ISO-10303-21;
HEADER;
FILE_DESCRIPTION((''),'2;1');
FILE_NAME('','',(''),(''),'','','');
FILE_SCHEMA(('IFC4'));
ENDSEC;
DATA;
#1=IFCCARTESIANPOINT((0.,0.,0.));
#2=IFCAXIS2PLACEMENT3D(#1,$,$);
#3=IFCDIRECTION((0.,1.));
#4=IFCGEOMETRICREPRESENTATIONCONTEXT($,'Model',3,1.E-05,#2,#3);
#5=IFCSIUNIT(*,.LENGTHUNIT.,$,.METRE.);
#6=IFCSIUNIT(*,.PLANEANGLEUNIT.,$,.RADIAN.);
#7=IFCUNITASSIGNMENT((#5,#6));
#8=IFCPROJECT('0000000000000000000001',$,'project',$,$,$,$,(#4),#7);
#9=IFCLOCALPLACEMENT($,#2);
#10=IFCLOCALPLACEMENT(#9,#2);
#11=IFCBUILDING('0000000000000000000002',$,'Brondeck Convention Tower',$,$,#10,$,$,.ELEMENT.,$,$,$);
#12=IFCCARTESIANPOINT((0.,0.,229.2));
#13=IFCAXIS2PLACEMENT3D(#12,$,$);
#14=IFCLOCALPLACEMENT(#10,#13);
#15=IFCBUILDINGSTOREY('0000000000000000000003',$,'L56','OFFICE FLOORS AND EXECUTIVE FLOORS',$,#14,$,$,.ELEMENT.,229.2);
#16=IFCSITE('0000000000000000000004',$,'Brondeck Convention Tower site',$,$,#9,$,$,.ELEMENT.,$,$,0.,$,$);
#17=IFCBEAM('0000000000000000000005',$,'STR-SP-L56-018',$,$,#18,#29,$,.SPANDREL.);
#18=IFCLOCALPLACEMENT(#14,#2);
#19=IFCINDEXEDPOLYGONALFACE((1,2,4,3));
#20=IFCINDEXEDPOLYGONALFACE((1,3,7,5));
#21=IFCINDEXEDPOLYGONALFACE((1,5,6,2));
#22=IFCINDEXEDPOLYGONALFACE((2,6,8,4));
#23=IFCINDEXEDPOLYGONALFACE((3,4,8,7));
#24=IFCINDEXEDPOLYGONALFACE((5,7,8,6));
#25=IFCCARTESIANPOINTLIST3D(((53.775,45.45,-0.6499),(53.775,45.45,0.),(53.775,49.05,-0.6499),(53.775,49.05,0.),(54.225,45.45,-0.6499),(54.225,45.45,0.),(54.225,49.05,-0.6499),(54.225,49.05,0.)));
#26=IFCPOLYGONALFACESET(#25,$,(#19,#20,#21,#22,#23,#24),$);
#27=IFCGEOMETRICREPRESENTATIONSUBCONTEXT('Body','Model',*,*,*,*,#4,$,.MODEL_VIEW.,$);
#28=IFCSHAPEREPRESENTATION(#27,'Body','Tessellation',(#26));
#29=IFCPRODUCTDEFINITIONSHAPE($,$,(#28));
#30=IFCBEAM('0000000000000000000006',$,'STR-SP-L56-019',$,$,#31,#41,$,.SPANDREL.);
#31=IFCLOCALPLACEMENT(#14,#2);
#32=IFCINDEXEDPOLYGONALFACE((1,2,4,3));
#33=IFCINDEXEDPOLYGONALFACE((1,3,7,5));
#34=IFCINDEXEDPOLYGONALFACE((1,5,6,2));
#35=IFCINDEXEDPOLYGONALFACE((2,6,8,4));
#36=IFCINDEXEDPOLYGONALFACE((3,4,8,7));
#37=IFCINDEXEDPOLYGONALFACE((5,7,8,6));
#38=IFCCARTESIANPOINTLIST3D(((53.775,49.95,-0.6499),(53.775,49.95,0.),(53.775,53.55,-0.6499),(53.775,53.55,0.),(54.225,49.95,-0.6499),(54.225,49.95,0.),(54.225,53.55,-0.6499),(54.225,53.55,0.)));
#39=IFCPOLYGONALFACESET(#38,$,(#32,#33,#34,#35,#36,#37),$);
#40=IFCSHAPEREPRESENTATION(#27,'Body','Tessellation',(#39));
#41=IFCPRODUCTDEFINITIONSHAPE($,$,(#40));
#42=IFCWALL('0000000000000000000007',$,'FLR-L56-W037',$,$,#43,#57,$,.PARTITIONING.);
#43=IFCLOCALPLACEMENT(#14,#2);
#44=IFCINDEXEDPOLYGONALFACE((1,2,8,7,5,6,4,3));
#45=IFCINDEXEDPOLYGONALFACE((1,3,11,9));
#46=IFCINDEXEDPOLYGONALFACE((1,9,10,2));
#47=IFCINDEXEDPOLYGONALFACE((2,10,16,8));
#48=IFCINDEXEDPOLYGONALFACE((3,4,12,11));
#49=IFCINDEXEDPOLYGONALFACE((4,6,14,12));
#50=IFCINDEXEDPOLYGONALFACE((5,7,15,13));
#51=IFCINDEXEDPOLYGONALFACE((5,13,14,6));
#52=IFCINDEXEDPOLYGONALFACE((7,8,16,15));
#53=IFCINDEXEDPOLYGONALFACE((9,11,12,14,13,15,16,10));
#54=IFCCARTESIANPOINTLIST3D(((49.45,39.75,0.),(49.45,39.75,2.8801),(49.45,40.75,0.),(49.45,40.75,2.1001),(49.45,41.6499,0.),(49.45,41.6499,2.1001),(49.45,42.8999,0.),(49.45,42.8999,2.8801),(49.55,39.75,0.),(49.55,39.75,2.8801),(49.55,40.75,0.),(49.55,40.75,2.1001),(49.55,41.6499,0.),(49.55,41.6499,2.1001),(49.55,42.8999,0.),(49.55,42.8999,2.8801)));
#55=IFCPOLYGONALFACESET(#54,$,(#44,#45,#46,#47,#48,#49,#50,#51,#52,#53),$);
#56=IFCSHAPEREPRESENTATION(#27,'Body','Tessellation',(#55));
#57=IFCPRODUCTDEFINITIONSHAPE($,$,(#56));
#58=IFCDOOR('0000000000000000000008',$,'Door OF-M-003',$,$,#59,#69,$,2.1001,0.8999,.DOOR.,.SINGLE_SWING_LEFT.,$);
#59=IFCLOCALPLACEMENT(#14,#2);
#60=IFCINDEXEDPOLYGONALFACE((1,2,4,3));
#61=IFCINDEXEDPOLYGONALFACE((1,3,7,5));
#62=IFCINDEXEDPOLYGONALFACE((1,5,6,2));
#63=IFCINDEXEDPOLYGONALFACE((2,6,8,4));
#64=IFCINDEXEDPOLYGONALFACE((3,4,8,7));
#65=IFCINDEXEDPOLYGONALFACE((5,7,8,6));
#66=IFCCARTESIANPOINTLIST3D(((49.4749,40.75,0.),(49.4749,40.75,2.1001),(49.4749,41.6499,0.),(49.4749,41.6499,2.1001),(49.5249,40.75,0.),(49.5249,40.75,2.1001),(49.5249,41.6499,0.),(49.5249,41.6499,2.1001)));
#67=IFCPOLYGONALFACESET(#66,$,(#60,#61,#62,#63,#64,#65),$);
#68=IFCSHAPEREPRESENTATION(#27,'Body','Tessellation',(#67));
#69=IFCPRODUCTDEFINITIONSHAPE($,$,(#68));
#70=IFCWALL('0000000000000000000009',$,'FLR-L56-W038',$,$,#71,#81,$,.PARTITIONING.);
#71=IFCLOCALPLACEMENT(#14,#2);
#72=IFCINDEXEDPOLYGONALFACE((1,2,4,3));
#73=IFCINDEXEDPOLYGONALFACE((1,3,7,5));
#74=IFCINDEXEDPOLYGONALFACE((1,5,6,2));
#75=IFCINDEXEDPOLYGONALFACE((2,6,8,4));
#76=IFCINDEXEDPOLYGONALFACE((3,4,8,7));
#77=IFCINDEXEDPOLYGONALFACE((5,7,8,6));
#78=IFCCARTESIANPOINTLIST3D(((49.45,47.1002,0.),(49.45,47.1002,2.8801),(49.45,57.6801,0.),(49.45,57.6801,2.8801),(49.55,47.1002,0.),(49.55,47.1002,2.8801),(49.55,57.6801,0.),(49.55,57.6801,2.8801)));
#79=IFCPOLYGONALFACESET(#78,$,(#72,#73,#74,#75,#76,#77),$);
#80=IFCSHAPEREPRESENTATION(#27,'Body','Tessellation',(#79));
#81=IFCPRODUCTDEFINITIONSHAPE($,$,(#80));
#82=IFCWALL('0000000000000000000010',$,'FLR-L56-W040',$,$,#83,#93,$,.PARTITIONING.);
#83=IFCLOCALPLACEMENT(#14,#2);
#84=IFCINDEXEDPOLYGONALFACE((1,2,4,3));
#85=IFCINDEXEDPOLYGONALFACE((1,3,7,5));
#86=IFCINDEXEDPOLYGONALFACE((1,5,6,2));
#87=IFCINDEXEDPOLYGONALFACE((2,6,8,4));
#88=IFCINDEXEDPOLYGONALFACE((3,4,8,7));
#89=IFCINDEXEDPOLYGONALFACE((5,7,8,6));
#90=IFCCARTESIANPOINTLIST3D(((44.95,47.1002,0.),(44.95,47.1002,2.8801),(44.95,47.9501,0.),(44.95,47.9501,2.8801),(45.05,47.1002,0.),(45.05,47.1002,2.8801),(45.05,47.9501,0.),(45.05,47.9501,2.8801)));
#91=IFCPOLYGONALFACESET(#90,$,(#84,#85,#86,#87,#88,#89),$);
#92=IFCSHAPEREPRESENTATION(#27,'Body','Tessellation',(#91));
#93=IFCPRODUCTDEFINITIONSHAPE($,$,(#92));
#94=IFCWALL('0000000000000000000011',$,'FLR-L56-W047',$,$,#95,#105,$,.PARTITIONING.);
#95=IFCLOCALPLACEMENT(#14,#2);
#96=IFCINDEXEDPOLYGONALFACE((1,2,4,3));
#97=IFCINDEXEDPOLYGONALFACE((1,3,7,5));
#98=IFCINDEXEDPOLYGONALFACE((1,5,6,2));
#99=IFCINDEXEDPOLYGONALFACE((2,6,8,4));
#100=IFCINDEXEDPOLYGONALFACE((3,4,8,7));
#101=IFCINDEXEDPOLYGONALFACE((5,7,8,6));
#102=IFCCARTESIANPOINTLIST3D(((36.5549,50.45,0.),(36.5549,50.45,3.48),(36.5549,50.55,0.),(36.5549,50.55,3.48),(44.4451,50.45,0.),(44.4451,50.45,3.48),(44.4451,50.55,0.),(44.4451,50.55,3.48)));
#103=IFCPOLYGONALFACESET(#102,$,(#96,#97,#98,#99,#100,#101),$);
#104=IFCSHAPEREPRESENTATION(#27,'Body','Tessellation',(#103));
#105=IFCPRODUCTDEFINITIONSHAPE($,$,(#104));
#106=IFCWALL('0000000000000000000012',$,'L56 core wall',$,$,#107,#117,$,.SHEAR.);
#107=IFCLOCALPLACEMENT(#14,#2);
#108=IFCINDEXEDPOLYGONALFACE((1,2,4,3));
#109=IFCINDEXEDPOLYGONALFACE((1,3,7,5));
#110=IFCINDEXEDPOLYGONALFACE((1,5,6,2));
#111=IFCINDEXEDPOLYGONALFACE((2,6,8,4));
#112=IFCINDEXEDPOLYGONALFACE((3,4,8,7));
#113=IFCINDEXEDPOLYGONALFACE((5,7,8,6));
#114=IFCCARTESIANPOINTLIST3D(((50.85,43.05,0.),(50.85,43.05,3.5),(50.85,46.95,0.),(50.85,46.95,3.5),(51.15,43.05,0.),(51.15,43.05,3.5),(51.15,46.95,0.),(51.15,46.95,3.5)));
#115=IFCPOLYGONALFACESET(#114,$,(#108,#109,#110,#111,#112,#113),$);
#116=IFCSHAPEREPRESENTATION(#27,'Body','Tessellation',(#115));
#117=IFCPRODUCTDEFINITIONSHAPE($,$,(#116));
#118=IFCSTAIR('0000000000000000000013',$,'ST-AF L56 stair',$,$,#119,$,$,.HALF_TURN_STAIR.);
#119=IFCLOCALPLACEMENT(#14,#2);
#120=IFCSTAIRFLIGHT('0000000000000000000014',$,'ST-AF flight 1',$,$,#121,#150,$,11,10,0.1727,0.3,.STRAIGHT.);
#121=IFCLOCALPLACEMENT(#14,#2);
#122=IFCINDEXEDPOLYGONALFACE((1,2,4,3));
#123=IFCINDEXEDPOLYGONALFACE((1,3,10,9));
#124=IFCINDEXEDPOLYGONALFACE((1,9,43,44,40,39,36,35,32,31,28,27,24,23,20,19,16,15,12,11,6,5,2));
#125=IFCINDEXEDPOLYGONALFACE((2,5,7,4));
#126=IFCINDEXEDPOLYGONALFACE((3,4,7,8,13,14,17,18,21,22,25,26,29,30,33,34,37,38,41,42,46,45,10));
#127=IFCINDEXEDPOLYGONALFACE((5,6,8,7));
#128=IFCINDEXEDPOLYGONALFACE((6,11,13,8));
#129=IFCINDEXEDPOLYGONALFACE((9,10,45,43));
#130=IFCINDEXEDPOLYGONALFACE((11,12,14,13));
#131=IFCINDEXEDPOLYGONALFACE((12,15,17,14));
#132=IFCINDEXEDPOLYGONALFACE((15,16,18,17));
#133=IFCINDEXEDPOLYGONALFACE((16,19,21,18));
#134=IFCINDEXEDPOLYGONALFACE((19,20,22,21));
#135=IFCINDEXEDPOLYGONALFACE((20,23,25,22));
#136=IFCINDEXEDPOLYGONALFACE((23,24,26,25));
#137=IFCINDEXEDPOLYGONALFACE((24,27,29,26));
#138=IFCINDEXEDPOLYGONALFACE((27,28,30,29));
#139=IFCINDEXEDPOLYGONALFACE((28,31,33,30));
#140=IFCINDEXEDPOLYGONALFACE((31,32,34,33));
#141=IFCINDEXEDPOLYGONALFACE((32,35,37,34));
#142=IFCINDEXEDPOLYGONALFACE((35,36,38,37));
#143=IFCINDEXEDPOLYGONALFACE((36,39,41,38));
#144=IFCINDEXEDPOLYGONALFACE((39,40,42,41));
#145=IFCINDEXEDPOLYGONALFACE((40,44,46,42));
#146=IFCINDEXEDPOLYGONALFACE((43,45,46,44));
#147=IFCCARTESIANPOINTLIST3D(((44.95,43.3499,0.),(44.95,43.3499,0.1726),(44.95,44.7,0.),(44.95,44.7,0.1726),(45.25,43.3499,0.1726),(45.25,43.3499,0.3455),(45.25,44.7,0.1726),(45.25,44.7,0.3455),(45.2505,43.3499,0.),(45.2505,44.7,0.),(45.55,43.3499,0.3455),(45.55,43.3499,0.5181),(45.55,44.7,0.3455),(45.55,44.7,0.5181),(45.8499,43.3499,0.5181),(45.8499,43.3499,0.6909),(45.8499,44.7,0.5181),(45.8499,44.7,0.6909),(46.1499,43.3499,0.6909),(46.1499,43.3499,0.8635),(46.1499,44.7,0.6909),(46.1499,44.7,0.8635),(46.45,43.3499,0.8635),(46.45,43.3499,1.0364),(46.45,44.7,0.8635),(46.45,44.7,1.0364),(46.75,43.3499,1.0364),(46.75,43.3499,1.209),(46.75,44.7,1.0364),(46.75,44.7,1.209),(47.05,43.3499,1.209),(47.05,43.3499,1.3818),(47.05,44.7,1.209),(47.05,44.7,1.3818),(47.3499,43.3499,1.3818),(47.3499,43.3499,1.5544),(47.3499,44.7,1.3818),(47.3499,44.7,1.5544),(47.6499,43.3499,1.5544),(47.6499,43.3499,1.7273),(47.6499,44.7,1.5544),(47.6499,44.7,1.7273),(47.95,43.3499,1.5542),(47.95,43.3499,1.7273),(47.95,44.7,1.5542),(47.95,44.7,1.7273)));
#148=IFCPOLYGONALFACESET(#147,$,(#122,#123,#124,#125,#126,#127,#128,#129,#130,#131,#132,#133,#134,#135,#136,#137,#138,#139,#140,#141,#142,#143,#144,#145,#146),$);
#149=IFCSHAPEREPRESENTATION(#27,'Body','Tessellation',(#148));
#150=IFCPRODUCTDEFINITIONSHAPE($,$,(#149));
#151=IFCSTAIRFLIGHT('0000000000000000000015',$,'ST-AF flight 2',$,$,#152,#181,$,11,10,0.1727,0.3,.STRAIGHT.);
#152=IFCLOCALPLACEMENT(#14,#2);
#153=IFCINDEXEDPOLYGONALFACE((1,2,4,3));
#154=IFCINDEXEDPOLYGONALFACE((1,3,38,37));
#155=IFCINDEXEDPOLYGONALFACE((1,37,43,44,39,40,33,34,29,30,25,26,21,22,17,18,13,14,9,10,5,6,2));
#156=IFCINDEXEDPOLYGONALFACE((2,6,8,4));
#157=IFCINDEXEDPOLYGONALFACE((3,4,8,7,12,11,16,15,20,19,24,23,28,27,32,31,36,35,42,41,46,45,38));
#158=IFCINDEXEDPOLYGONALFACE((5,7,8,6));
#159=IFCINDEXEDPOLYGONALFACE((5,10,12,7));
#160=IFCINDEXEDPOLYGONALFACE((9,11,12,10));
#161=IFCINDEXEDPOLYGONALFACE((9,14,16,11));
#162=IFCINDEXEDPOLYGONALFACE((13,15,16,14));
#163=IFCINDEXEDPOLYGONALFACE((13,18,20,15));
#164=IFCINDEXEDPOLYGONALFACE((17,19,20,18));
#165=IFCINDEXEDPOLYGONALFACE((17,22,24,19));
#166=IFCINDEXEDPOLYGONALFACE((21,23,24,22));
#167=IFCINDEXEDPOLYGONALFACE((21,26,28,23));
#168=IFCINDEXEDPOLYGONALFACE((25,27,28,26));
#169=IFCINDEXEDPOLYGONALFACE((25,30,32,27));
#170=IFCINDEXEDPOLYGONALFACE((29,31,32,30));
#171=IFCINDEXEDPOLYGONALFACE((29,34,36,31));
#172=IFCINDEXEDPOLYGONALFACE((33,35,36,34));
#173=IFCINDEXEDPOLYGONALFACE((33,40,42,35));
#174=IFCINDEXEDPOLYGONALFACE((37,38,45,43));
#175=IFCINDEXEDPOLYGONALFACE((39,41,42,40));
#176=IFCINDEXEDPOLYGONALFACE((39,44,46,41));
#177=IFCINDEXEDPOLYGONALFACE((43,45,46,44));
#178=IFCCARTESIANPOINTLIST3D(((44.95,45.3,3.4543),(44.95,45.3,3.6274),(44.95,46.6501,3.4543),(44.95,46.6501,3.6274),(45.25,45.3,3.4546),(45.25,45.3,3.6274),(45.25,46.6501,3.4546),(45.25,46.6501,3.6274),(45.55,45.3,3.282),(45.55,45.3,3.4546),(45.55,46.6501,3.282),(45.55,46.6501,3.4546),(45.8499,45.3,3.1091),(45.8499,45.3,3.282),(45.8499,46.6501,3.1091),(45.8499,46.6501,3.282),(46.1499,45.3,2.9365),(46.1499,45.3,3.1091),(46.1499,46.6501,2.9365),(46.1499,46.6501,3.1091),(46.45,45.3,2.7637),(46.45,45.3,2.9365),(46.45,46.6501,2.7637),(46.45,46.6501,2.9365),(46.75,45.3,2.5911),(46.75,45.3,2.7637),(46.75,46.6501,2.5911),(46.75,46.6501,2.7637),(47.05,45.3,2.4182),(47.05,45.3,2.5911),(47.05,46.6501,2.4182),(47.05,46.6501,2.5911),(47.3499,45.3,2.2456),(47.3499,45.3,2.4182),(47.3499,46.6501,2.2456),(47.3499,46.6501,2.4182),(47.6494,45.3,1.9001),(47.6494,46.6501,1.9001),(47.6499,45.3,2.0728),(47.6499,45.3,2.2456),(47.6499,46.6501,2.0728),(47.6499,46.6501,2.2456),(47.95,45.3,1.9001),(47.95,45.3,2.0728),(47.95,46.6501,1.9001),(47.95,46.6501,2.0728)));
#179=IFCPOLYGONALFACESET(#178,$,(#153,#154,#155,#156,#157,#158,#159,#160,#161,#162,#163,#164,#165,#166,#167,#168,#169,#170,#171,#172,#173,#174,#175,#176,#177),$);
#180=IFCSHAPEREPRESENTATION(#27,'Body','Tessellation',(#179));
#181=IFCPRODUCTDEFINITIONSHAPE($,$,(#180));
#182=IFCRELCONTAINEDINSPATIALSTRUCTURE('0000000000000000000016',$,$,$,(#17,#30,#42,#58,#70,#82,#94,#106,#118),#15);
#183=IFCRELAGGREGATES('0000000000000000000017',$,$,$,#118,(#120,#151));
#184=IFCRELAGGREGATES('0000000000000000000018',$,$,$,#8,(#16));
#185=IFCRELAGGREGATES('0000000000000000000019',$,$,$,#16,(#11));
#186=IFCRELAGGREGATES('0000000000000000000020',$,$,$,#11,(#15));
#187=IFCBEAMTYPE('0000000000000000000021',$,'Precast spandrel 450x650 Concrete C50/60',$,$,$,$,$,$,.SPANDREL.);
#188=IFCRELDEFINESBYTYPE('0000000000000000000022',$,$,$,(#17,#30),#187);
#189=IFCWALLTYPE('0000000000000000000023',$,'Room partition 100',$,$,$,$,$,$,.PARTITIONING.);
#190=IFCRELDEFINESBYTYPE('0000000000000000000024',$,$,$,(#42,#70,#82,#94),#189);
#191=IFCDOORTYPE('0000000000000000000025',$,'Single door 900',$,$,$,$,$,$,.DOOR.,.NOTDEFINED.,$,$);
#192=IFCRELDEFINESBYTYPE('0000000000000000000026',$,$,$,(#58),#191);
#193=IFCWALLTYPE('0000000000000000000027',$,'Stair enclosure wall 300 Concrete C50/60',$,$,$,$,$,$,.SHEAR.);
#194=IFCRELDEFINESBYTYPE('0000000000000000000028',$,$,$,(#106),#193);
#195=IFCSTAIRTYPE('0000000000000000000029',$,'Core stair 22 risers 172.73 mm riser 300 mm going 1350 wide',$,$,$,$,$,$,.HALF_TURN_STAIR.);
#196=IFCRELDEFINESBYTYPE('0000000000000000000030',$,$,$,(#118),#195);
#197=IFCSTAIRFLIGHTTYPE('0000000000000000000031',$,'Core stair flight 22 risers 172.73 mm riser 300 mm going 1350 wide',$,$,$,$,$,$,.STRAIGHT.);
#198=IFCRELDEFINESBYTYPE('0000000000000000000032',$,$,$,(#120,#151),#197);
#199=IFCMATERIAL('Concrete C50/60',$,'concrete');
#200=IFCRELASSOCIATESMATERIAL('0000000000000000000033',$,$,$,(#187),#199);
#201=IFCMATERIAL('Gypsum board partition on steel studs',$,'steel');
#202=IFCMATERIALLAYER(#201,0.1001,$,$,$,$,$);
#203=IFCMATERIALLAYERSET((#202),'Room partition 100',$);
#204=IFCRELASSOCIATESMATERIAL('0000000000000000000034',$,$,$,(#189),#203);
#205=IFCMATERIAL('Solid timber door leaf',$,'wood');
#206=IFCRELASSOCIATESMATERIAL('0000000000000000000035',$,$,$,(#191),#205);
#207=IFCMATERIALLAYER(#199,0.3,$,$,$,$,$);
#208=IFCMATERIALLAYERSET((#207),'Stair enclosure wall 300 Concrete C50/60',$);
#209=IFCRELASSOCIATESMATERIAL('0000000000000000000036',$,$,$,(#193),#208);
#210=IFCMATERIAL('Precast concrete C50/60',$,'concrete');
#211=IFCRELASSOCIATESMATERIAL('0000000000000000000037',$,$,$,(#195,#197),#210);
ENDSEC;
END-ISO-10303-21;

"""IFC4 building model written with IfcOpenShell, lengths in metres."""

from ifc_helpers import new_model, si_unit, direction, frame, frame_2d, origin, origin_2d, place, context, subcontext, project, spatial, polyline, rectangle, outline, extrude, material, layer, layer_set, material_profile, profile_set, type_object, element, fill, aggregate, save


model = new_model("IFC4")

# Units and contexts
model_context = context("Model", 3, precision=1e-05, world=origin(), true_north=direction((0.0, 1.0)))
body_context = subcontext(model_context, "Body", "Model", "MODEL_VIEW")
ifc_project = project(units=[si_unit("LENGTHUNIT", "METRE"), si_unit("PLANEANGLEUNIT", "RADIAN")], contexts=[model_context])

# Site, building, storey
site_placement = place(None, origin())
site = spatial("IfcSite", under=ifc_project, at=site_placement, Name="Brondeck Convention Tower site", CompositionType="ELEMENT", RefElevation=0.0)
building_placement = place(site_placement, origin())
building = spatial("IfcBuilding", under=site, at=building_placement, Name="Brondeck Convention Tower", CompositionType="ELEMENT")
storey_placement = place(building_placement, frame((0.0, 0.0, 229.2)))
storey = spatial("IfcBuildingStorey", under=building, at=storey_placement, Name="L56", Description="OFFICE FLOORS AND EXECUTIVE FLOORS", CompositionType="ELEMENT", Elevation=229.2)

# Shared definitions
ifc_material_1 = material(Name="Concrete C50/60", Category="concrete")

# Beams
ifc_material_profile_1 = material_profile(ifc_material_1, rectangle(XDim=0.45, YDim=0.6499, at=origin_2d()), Name="Precast spandrel 450x650 Concrete C50/60")
ifc_profile_set_1 = profile_set([ifc_material_profile_1], Name="Concrete C50/60")
beam_type_1 = type_object("IfcBeamType", Name="Precast spandrel 450x650 Concrete C50/60", PredefinedType="SPANDREL", material=ifc_profile_set_1)
for number, where, z_axis, x_axis, name in (
    (1, (54.0, 45.45, -0.325), (0.0, 1.0, 0.0), (-1.0, 0.0, 0.0), "STR-SP-L56-018"),
    (2, (54.0, 49.95, -0.325), (0.0, 1.0, 0.0), (-1.0, 0.0, 0.0), "STR-SP-L56-019"),
):
    element("IfcBeam", number, at=place(storey_placement, frame(where, z_axis=z_axis, x_axis=x_axis)), inside=storey, type_object=beam_type_1, Name=name, PredefinedType="SPANDREL", context=body_context, shape_type="SweptSolid", body=[
        extrude(rectangle(XDim=0.45, YDim=0.6499, at=origin_2d()), origin(), (0.0, 0.0, 1.0), 3.6001),
    ])

# Wall, opening, door
ifc_material_2 = material(Name="Gypsum board partition on steel studs", Category="steel")
ifc_layer_1 = layer(ifc_material_2, 0.1001)
ifc_layer_set_1 = layer_set([ifc_layer_1], Name="Room partition 100")
wall_type_1 = type_object("IfcWallType", Name="Room partition 100", PredefinedType="PARTITIONING", material=ifc_layer_set_1)
wall_1_placement = place(storey_placement, frame((49.5, 42.8999, 0.0), z_axis=(0.0, 0.0, 1.0), x_axis=(0.0, -1.0, 0.0)))
wall_1 = element("IfcWall", 3, at=wall_1_placement, inside=storey, type_object=wall_type_1, Name="FLR-L56-W037", PredefinedType="PARTITIONING", context=body_context, shape_type="SweptSolid", body=[
    extrude(rectangle(XDim=3.1499, YDim=0.1001, at=frame_2d((1.575, 0.0))), origin(), (0.0, 0.0, 1.0), 2.8801),
])
opening_placement = place(wall_1_placement, frame((1.25, 0.0, 0.0)))
opening = element("IfcOpeningElement", 4, at=opening_placement, cuts=wall_1, PredefinedType="OPENING", context=body_context, shape_type="SweptSolid", body=[
    extrude(rectangle(XDim=0.8999, YDim=2.1001, at=frame_2d((0.45, 1.05))), frame((0.0, 0.0601, 0.0), z_axis=(0.0, -1.0, 0.0), x_axis=(1.0, 0.0, 0.0)), (0.0, 0.0, 1.0), 0.1201),
])
ifc_material_3 = material(Name="Solid timber door leaf", Category="wood")
door_type = type_object("IfcDoorType", Name="Single door 900", OperationType="NOTDEFINED", PredefinedType="DOOR", material=ifc_material_3)
door_placement = place(opening_placement, origin())
door = element("IfcDoor", 5, at=door_placement, inside=storey, type_object=door_type, Name="Door OF-M-003", OperationType="SINGLE_SWING_LEFT", OverallHeight=2.1001, OverallWidth=0.8999, PredefinedType="DOOR", context=body_context, shape_type="SweptSolid", body=[
    extrude(rectangle(XDim=0.8999, YDim=2.1001, at=frame_2d((0.45, 1.05))), frame((0.0, 0.0249, 0.0), z_axis=(0.0, -1.0, 0.0), x_axis=(1.0, 0.0, 0.0)), (0.0, 0.0, 1.0), 0.05),
])
fill(opening, door)

# Walls
wall_2_placement = place(storey_placement, frame((49.5, 47.1001, 0.0), z_axis=(0.0, 0.0, 1.0), x_axis=(0.0, 1.0, 0.0)))
element("IfcWall", 6, at=wall_2_placement, inside=storey, type_object=wall_type_1, Name="FLR-L56-W038", PredefinedType="PARTITIONING", context=body_context, shape_type="SweptSolid", body=[
    extrude(rectangle(XDim=10.5798, YDim=0.1001, at=frame_2d((5.29, 0.0))), origin(), (0.0, 0.0, 1.0), 2.8801),
])
wall_3_placement = place(storey_placement, frame((45.0, 47.95, 0.0), z_axis=(0.0, 0.0, 1.0), x_axis=(0.0, -1.0, 0.0)))
element("IfcWall", 7, at=wall_3_placement, inside=storey, type_object=wall_type_1, Name="FLR-L56-W040", PredefinedType="PARTITIONING", context=body_context, shape_type="SweptSolid", body=[
    extrude(rectangle(XDim=0.8499, YDim=0.1001, at=frame_2d((0.4248, 0.0))), origin(), (0.0, 0.0, 1.0), 2.8801),
])
wall_4_placement = place(storey_placement, frame((44.4451, 50.5, 0.0), z_axis=(0.0, 0.0, 1.0), x_axis=(-1.0, 0.0, 0.0)))
element("IfcWall", 8, at=wall_4_placement, inside=storey, type_object=wall_type_1, Name="FLR-L56-W047", PredefinedType="PARTITIONING", context=body_context, shape_type="SweptSolid", body=[
    extrude(rectangle(XDim=7.8901, YDim=0.1001, at=frame_2d((3.9451, 0.0))), origin(), (0.0, 0.0, 1.0), 3.48),
])
ifc_layer_2 = layer(ifc_material_1, 0.3)
ifc_layer_set_2 = layer_set([ifc_layer_2], Name="Stair enclosure wall 300 Concrete C50/60")
wall_type_2 = type_object("IfcWallType", Name="Stair enclosure wall 300 Concrete C50/60", PredefinedType="SHEAR", material=ifc_layer_set_2)
wall_5_placement = place(storey_placement, frame((51.0, 43.05, 0.0), z_axis=(0.0, 0.0, 1.0), x_axis=(0.0, 1.0, 0.0)))
element("IfcWall", 9, at=wall_5_placement, inside=storey, type_object=wall_type_2, Name="L56 core wall", PredefinedType="SHEAR", context=body_context, shape_type="SweptSolid", body=[
    extrude(rectangle(XDim=3.8999, YDim=0.3, at=frame_2d((1.95, 0.0))), origin(), (0.0, 0.0, 1.0), 3.5),
])

# Stair, stair flights
ifc_material_4 = material(Name="Precast concrete C50/60", Category="concrete")
stair_type = type_object("IfcStairType", Name="Core stair 22 risers 172.73 mm riser 300 mm going 1350 wide", PredefinedType="HALF_TURN_STAIR", material=ifc_material_4)
stair_placement = place(storey_placement, origin())
stair = element("IfcStair", 10, at=stair_placement, inside=storey, type_object=stair_type, Name="ST-AF L56 stair", PredefinedType="HALF_TURN_STAIR")
stair_flight_type = type_object("IfcStairFlightType", Name="Core stair flight 22 risers 172.73 mm riser 300 mm going 1350 wide", PredefinedType="STRAIGHT", material=ifc_material_4)
stair_flight_1_placement = place(storey_placement, frame((44.95, 44.0249, 0.0), z_axis=(0.0, 0.0, 1.0), x_axis=(1.0, 0.0, 0.0)))
stair_flight_1 = element("IfcStairFlight", 11, at=stair_flight_1_placement, type_object=stair_flight_type, Name="ST-AF flight 1", NumberOfRisers=11, NumberOfTreads=10, PredefinedType="STRAIGHT", RiserHeight=0.1727, TreadLength=0.3, context=body_context, shape_type="SweptSolid", body=[
    extrude(outline(polyline([(0.0, 0.0), (0.0, 0.1726), (0.3, 0.1726), (0.3, 0.3455), (0.6001, 0.3455), (0.6001, 0.5181), (0.8999, 0.5181), (0.8999, 0.6909), (1.2, 0.6909), (1.2, 0.8635), (1.5, 0.8635), (1.5, 1.0364), (1.8, 1.0364), (1.8, 1.209), (2.1001, 1.209), (2.1001, 1.3818), (2.3999, 1.3818), (2.3999, 1.5544), (2.7, 1.5544), (2.7, 1.7273), (3.0, 1.7273), (3.0, 1.8999), (3.0, 1.5542), (0.3005, 0.0), (0.0, 0.0)])), frame((0.0, 0.675, 0.0), z_axis=(0.0, -1.0, 0.0), x_axis=(1.0, 0.0, 0.0)), (0.0, 0.0, 1.0), 1.3501),
])
stair_flight_2_placement = place(storey_placement, frame((47.95, 45.9751, 1.9001), z_axis=(0.0, 0.0, 1.0), x_axis=(-1.0, 0.0, 0.0)))
stair_flight_2 = element("IfcStairFlight", 12, at=stair_flight_2_placement, type_object=stair_flight_type, Name="ST-AF flight 2", NumberOfRisers=11, NumberOfTreads=10, PredefinedType="STRAIGHT", RiserHeight=0.1727, TreadLength=0.3, context=body_context, shape_type="SweptSolid", body=[
    extrude(outline(polyline([(0.0, 0.0), (0.0, 0.1726), (0.3, 0.1726), (0.3, 0.3455), (0.6001, 0.3455), (0.6001, 0.5181), (0.8999, 0.5181), (0.8999, 0.6909), (1.2, 0.6909), (1.2, 0.8635), (1.5, 0.8635), (1.5, 1.0364), (1.8, 1.0364), (1.8, 1.209), (2.1001, 1.209), (2.1001, 1.3818), (2.3999, 1.3818), (2.3999, 1.5544), (2.7, 1.5544), (2.7, 1.7273), (3.0, 1.7273), (3.0, 1.8999), (3.0, 1.5542), (0.3005, 0.0), (0.0, 0.0)])), frame((0.0, 0.675, 0.0), z_axis=(0.0, -1.0, 0.0), x_axis=(1.0, 0.0, 0.0)), (0.0, 0.0, 1.0), 1.3501),
])
aggregate(stair, [stair_flight_1, stair_flight_2])

save(model, "model.ifc")
